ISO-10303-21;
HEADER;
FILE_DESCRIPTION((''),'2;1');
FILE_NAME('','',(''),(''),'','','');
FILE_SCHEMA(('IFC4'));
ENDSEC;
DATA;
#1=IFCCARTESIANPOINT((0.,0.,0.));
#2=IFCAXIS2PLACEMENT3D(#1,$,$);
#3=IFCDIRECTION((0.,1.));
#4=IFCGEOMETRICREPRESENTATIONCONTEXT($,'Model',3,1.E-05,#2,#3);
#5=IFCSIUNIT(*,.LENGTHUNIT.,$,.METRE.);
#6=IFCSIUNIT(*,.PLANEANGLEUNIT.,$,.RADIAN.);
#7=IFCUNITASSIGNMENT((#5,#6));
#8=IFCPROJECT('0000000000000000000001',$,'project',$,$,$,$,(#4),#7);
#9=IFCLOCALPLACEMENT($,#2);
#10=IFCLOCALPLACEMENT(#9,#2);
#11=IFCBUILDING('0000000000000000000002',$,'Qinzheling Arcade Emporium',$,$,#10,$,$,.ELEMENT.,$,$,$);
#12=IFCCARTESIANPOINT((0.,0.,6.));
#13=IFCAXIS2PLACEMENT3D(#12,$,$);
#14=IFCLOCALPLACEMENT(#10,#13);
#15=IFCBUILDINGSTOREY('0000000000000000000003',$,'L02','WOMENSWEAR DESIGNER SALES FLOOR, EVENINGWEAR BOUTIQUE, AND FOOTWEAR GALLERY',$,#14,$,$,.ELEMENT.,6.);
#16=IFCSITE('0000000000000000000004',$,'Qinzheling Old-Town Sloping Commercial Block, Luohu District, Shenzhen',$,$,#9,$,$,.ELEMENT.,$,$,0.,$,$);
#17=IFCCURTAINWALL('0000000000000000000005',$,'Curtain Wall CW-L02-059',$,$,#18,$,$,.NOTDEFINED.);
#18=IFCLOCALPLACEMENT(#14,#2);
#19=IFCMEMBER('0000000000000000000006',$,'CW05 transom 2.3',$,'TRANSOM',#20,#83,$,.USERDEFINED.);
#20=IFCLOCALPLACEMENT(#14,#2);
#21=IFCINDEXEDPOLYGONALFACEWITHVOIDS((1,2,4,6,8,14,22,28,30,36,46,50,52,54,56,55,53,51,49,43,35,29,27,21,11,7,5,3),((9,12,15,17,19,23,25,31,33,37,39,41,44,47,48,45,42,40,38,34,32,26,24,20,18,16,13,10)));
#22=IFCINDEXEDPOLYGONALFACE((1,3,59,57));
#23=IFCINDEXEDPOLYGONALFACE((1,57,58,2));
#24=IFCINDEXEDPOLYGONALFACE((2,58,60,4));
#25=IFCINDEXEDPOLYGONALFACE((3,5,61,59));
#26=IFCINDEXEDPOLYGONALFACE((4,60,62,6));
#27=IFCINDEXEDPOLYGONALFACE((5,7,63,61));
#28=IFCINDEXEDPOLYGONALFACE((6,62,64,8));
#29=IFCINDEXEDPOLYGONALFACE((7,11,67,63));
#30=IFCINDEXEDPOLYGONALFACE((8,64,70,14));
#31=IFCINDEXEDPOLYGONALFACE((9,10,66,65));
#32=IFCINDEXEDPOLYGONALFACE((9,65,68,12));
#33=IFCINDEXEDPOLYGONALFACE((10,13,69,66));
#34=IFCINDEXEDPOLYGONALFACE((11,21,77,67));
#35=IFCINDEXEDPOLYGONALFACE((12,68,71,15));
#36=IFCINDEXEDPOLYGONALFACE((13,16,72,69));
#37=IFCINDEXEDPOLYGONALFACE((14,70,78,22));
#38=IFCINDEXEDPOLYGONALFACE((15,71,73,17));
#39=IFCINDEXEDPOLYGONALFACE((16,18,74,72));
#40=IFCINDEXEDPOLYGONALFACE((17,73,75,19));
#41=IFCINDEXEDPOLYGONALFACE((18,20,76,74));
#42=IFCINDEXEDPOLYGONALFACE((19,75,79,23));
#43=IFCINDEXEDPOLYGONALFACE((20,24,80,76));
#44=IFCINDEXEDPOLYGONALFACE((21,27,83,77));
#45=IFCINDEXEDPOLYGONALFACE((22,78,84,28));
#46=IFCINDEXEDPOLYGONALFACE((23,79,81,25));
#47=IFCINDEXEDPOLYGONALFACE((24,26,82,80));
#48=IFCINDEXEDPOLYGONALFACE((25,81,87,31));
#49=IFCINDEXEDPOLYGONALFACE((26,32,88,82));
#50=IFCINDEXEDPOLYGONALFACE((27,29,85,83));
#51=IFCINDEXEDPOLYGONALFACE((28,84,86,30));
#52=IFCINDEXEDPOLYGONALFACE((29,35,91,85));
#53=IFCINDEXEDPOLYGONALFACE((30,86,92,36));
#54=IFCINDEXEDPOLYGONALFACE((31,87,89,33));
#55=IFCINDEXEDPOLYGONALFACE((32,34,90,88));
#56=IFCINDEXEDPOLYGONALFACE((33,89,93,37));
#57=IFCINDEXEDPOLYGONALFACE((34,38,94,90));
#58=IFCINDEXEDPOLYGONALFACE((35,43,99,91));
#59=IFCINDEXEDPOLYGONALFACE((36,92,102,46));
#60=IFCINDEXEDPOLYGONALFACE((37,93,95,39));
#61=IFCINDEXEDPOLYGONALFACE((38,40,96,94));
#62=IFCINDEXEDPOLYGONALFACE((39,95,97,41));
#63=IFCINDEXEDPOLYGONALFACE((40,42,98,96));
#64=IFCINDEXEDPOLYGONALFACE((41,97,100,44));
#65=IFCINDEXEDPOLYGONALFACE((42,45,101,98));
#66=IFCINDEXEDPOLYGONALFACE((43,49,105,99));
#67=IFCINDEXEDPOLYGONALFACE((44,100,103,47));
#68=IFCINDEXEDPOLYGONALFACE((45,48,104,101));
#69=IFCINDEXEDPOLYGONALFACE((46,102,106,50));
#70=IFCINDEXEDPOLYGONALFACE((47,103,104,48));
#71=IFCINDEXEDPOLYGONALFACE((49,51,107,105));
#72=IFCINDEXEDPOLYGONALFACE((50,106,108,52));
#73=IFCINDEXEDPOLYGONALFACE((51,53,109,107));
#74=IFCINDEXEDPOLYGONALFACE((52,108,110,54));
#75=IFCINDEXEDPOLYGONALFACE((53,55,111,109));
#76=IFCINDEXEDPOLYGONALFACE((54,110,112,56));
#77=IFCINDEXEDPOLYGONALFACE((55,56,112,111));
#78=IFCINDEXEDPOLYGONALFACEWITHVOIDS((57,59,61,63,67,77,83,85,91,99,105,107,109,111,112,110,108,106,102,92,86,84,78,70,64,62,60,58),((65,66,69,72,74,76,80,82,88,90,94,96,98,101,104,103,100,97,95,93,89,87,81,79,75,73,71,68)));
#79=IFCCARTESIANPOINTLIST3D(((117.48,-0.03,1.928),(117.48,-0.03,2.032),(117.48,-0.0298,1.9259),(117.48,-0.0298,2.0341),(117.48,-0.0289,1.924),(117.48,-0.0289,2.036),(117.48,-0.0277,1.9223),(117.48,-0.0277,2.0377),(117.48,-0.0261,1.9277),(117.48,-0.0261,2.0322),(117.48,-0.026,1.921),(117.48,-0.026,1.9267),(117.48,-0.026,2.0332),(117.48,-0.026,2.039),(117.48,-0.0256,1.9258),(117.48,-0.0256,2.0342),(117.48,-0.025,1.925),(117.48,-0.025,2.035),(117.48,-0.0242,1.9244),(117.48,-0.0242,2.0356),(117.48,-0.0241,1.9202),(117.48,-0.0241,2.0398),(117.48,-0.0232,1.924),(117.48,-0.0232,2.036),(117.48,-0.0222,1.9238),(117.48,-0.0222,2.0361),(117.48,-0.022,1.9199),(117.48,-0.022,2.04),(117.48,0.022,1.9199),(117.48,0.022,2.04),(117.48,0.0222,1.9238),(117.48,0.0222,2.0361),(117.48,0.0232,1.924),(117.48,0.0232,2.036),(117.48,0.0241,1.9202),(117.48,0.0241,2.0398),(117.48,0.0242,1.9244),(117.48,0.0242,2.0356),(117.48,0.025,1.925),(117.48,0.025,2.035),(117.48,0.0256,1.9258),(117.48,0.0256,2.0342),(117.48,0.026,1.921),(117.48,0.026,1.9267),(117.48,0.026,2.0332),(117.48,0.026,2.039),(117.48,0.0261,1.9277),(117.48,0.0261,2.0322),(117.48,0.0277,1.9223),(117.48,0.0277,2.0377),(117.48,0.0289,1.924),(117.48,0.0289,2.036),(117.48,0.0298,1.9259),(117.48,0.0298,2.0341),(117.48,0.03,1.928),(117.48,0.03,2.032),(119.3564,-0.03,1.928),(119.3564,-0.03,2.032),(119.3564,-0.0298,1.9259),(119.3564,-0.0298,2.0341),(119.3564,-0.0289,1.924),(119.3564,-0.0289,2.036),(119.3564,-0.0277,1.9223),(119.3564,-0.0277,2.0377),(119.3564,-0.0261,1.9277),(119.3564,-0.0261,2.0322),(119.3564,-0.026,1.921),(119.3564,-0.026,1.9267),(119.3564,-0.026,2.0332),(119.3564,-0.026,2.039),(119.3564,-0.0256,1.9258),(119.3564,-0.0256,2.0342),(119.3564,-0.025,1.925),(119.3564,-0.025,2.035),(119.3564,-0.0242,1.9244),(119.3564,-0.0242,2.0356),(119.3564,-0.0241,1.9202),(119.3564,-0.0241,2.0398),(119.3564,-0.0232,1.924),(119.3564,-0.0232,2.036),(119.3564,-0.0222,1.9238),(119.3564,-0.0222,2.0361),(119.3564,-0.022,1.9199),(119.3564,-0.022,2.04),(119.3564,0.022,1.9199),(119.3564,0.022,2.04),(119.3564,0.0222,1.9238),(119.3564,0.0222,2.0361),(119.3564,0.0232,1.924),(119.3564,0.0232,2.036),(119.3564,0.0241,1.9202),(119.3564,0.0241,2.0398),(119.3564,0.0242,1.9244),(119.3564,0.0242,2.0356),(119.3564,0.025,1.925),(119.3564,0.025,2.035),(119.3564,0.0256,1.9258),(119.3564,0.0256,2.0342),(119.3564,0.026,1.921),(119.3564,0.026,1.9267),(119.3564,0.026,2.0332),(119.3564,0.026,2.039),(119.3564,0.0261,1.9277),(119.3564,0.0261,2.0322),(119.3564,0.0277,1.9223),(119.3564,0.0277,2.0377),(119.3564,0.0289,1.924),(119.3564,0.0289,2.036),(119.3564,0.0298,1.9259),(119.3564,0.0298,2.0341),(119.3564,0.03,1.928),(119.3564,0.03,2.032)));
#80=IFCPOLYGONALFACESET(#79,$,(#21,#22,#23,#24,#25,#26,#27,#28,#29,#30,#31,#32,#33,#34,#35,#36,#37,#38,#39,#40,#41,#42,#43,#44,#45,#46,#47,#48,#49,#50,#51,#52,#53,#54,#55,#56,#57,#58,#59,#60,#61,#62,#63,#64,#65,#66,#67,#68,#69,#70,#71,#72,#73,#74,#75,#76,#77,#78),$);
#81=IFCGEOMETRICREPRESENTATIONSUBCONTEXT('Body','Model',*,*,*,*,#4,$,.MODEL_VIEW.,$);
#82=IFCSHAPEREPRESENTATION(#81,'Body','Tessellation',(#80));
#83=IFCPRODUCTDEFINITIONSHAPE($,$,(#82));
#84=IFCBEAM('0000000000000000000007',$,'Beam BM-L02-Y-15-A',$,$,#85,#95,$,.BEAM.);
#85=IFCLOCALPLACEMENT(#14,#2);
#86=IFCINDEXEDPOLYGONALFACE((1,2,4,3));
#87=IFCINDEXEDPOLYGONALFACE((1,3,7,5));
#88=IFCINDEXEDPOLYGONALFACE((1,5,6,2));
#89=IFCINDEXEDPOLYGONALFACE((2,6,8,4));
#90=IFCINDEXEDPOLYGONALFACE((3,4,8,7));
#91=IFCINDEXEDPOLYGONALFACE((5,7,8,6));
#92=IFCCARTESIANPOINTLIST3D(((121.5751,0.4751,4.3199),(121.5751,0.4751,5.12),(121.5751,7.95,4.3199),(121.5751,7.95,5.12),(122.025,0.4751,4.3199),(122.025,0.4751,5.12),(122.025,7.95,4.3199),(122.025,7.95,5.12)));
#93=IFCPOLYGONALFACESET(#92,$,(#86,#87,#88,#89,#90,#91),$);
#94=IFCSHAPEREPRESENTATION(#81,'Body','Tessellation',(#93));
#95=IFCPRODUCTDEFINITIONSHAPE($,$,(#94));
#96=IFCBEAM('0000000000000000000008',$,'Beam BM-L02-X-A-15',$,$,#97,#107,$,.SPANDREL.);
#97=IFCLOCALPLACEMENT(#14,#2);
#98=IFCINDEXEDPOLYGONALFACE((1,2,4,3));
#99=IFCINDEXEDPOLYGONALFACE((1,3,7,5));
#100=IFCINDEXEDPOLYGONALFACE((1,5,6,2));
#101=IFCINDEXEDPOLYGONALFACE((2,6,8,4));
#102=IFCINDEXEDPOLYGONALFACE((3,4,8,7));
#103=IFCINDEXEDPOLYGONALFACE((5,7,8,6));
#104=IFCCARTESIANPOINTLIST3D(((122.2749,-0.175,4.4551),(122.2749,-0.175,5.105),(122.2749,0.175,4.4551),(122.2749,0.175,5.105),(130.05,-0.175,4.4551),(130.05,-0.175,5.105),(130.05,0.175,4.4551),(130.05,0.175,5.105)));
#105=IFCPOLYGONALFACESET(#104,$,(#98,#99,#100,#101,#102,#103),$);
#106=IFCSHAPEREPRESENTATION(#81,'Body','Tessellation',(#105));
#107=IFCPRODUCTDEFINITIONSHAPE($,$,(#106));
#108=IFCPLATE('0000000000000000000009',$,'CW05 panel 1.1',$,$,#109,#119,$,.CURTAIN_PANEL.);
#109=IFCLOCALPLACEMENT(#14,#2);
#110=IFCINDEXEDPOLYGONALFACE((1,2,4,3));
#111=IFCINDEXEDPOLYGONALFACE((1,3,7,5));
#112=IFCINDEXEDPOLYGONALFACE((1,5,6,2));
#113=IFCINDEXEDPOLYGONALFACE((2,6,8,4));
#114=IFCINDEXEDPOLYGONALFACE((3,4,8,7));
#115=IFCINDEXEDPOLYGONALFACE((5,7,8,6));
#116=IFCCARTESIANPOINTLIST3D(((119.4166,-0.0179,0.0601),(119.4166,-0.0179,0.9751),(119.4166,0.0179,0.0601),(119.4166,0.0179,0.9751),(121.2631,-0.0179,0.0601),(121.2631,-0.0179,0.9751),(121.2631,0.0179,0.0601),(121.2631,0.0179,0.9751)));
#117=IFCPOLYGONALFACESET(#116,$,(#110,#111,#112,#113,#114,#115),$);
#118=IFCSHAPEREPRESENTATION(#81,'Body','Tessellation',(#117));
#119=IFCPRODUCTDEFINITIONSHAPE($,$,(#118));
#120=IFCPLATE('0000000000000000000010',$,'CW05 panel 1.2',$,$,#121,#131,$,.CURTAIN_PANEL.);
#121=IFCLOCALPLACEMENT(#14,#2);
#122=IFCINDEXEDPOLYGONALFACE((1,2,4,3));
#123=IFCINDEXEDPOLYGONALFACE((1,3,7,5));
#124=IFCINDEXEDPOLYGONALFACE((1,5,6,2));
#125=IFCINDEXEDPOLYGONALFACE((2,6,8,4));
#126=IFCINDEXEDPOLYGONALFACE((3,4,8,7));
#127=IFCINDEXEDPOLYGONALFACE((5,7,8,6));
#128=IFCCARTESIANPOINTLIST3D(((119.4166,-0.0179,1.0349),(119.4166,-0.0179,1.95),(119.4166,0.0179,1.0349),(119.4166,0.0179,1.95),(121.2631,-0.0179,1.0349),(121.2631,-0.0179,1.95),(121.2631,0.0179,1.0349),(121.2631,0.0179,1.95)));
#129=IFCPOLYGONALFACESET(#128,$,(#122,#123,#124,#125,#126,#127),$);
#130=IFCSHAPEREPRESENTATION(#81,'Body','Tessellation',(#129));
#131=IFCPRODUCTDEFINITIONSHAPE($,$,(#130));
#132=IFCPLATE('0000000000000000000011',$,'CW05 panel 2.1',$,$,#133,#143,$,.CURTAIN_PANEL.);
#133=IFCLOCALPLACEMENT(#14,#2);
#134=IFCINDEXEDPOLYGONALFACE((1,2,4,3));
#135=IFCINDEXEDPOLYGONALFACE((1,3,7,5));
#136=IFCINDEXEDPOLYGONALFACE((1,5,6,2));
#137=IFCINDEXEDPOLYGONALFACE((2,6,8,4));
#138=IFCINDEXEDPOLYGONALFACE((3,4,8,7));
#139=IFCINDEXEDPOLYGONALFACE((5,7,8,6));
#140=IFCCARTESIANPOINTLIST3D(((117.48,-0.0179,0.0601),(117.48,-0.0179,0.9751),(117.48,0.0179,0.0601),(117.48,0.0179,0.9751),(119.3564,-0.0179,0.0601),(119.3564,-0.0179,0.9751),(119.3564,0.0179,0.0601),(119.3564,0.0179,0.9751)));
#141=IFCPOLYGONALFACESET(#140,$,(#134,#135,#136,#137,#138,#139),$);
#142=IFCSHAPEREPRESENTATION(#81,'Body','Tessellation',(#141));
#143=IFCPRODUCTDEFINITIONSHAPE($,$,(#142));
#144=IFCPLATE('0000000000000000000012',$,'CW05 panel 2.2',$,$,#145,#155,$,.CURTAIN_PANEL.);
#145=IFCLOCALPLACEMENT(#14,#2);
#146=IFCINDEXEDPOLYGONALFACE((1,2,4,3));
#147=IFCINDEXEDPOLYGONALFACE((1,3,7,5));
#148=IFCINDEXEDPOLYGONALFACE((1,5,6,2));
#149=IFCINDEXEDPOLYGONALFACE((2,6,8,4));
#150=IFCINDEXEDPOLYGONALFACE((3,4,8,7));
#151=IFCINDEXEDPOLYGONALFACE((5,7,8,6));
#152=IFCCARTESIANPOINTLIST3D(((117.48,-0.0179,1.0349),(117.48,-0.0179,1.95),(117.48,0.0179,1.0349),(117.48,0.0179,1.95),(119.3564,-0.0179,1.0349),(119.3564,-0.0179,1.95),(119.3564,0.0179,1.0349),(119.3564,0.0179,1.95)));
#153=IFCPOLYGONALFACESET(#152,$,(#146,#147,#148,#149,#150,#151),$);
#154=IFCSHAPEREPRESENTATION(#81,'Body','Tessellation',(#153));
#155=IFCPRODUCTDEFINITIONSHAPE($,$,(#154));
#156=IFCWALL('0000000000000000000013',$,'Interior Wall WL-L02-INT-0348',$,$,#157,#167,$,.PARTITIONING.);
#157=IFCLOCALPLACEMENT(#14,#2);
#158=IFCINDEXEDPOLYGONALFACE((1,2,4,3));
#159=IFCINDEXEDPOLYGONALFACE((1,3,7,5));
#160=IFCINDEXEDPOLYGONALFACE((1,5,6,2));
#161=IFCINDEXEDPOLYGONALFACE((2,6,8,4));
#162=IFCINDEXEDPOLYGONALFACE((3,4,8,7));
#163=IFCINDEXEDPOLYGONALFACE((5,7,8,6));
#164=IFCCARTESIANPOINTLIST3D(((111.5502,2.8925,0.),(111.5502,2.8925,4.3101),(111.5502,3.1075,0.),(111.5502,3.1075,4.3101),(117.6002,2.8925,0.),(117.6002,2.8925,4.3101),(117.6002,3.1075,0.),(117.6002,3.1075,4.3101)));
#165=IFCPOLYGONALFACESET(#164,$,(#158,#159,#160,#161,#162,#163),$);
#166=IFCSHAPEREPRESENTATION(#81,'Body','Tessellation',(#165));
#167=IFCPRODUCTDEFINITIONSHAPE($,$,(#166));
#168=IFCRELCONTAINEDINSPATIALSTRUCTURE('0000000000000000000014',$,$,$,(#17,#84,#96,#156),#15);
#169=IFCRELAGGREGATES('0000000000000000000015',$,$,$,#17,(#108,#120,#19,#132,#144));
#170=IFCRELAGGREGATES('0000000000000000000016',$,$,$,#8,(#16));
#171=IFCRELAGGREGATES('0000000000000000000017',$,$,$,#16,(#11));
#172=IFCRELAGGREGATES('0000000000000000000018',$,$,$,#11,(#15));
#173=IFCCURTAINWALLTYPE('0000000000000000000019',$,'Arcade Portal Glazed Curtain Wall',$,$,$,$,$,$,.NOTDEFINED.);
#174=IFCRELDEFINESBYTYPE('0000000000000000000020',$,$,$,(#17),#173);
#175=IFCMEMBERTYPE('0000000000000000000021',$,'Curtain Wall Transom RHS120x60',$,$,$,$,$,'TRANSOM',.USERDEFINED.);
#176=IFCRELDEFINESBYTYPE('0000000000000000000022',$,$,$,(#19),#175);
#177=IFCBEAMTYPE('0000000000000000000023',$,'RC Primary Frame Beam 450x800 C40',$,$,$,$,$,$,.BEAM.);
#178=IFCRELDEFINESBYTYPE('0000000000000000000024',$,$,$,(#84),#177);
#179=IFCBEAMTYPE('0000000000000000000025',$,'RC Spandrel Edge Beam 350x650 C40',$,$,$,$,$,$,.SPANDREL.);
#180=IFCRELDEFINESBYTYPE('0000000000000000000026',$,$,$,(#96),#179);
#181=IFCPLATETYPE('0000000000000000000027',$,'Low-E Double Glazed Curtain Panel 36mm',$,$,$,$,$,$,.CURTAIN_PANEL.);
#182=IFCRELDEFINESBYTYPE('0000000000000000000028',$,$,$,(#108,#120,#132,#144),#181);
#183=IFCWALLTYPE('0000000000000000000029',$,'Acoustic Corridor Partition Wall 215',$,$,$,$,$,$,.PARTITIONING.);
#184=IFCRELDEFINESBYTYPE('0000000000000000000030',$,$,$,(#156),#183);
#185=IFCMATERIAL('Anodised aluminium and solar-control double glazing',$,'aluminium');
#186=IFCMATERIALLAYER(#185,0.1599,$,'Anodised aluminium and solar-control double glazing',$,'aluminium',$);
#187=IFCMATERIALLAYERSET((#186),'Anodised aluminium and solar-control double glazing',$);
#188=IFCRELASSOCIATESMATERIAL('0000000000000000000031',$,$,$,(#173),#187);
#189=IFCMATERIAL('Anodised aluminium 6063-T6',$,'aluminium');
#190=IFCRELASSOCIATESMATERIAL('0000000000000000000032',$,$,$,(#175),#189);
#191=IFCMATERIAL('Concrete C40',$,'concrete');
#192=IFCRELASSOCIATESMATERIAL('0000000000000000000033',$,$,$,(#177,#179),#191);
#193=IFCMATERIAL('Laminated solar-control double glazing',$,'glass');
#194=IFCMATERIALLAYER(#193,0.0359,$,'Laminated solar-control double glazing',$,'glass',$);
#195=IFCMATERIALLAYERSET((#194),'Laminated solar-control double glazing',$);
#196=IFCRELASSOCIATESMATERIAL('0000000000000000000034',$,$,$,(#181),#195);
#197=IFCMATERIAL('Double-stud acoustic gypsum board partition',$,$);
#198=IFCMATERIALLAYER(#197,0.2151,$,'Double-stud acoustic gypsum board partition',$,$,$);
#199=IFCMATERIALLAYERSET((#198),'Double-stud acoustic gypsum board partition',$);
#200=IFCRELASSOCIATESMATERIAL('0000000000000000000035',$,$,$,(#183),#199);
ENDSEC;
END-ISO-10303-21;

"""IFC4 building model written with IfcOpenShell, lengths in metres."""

from ifc_helpers import new_model, si_unit, direction, frame, frame_2d, origin, origin_2d, place, context, subcontext, project, spatial, rectangle, hollow_rectangle, extrude, material, layer, layer_set, material_profile, profile_set, type_object, element, aggregate, save


model = new_model("IFC4")

# Units and contexts
model_context = context("Model", 3, precision=1e-05, world=origin(), true_north=direction((0.0, 1.0)))
body_context = subcontext(model_context, "Body", "Model", "MODEL_VIEW")
ifc_project = project(units=[si_unit("LENGTHUNIT", "METRE"), si_unit("PLANEANGLEUNIT", "RADIAN")], contexts=[model_context])

# Site, building, storey
site_placement = place(None, origin())
site = spatial("IfcSite", under=ifc_project, at=site_placement, Name="Qinzheling Old-Town Sloping Commercial Block, Luohu District, Shenzhen", CompositionType="ELEMENT", RefElevation=0.0)
building_placement = place(site_placement, origin())
building = spatial("IfcBuilding", under=site, at=building_placement, Name="Qinzheling Arcade Emporium", CompositionType="ELEMENT")
storey_placement = place(building_placement, frame((0.0, 0.0, 6.0)))
storey = spatial("IfcBuildingStorey", under=building, at=storey_placement, Name="L02", Description="WOMENSWEAR DESIGNER SALES FLOOR, EVENINGWEAR BOUTIQUE, AND FOOTWEAR GALLERY", CompositionType="ELEMENT", Elevation=6.0)

# Curtain wall, member
ifc_material_1 = material(Name="Anodised aluminium and solar-control double glazing", Category="aluminium")
ifc_layer_1 = layer(ifc_material_1, 0.1599, Name="Anodised aluminium and solar-control double glazing", Category="aluminium")
ifc_layer_set_1 = layer_set([ifc_layer_1], Name="Anodised aluminium and solar-control double glazing")
curtain_wall_type = type_object("IfcCurtainWallType", Name="Arcade Portal Glazed Curtain Wall", PredefinedType="NOTDEFINED", material=ifc_layer_set_1)
curtain_wall_placement = place(storey_placement, origin())
curtain_wall = element("IfcCurtainWall", 1, at=curtain_wall_placement, inside=storey, type_object=curtain_wall_type, Name="Curtain Wall CW-L02-059", PredefinedType="NOTDEFINED")
ifc_material_2 = material(Name="Anodised aluminium 6063-T6", Category="aluminium")
ifc_material_profile_1 = material_profile(ifc_material_2, hollow_rectangle(XDim=0.0601, YDim=0.1201, WallThickness=0.0039, InnerFilletRadius=0.0039, OuterFilletRadius=0.0081, at=origin_2d()), Name="RHS 120x60x4", Category="aluminium")
ifc_profile_set_1 = profile_set([ifc_material_profile_1], Name="Anodised aluminium 6063-T6")
member_type_1 = type_object("IfcMemberType", Name="Curtain Wall Transom RHS120x60", ElementType="TRANSOM", PredefinedType="USERDEFINED", material=ifc_profile_set_1)
member_1_placement = place(storey_placement, frame((119.3564, 0.0, 1.98), z_axis=(-1.0, 0.0, 0.0), x_axis=(0.0, -1.0, 0.0)))
member_1 = element("IfcMember", 2, at=member_1_placement, type_object=member_type_1, Name="CW05 transom 2.3", ObjectType="TRANSOM", PredefinedType="USERDEFINED", context=body_context, shape_type="SweptSolid", body=[
    extrude(hollow_rectangle(XDim=0.0601, YDim=0.1201, WallThickness=0.0039, InnerFilletRadius=0.0039, OuterFilletRadius=0.0081, at=origin_2d()), origin(), (0.0, 0.0, 1.0), 1.8765),
])

# Beams
ifc_material_3 = material(Name="Concrete C40", Category="concrete")
ifc_material_profile_2 = material_profile(ifc_material_3, rectangle(XDim=0.45, YDim=0.8, at=origin_2d()), Name="RC 450x800", Category="concrete")
ifc_profile_set_2 = profile_set([ifc_material_profile_2], Name="Concrete C40")
beam_type_1 = type_object("IfcBeamType", Name="RC Primary Frame Beam 450x800 C40", PredefinedType="BEAM", material=ifc_profile_set_2)
beam_1_placement = place(storey_placement, frame((121.8, 0.4751, 4.72), z_axis=(0.0, 1.0, 0.0), x_axis=(-1.0, 0.0, 0.0)))
element("IfcBeam", 3, at=beam_1_placement, inside=storey, type_object=beam_type_1, Name="Beam BM-L02-Y-15-A", PredefinedType="BEAM", context=body_context, shape_type="SweptSolid", body=[
    extrude(rectangle(XDim=0.45, YDim=0.8, at=origin_2d()), origin(), (0.0, 0.0, 1.0), 7.4749),
])
ifc_material_profile_3 = material_profile(ifc_material_3, rectangle(XDim=0.3501, YDim=0.6499, at=origin_2d()), Name="RC 350x650", Category="concrete")
ifc_profile_set_3 = profile_set([ifc_material_profile_3], Name="Concrete C40")
beam_type_2 = type_object("IfcBeamType", Name="RC Spandrel Edge Beam 350x650 C40", PredefinedType="SPANDREL", material=ifc_profile_set_3)
beam_2_placement = place(storey_placement, frame((122.2749, 0.0, 4.78), z_axis=(1.0, 0.0, 0.0), x_axis=(0.0, 1.0, 0.0)))
element("IfcBeam", 4, at=beam_2_placement, inside=storey, type_object=beam_type_2, Name="Beam BM-L02-X-A-15", PredefinedType="SPANDREL", context=body_context, shape_type="SweptSolid", body=[
    extrude(rectangle(XDim=0.3501, YDim=0.6499, at=origin_2d()), origin(), (0.0, 0.0, 1.0), 7.7751),
])

# Plates
ifc_material_4 = material(Name="Laminated solar-control double glazing", Category="glass")
ifc_layer_2 = layer(ifc_material_4, 0.0359, Name="Laminated solar-control double glazing", Category="glass")
ifc_layer_set_2 = layer_set([ifc_layer_2], Name="Laminated solar-control double glazing")
plate_type = type_object("IfcPlateType", Name="Low-E Double Glazed Curtain Panel 36mm", PredefinedType="CURTAIN_PANEL", material=ifc_layer_set_2)
plate_1_placement = place(storey_placement, frame((120.3398, 0.0, 0.0601), z_axis=(0.0, 0.0, 1.0), x_axis=(-1.0, 0.0, 0.0)))
plate_1 = element("IfcPlate", 5, at=plate_1_placement, type_object=plate_type, Name="CW05 panel 1.1", PredefinedType="CURTAIN_PANEL", context=body_context, shape_type="SweptSolid", body=[
    extrude(rectangle(XDim=1.8464, YDim=0.0359, at=origin_2d()), origin(), (0.0, 0.0, 1.0), 0.915),
])
plate_2_placement = place(storey_placement, frame((120.3398, 0.0, 1.0349), z_axis=(0.0, 0.0, 1.0), x_axis=(-1.0, 0.0, 0.0)))
plate_2 = element("IfcPlate", 6, at=plate_2_placement, type_object=plate_type, Name="CW05 panel 1.2", PredefinedType="CURTAIN_PANEL", context=body_context, shape_type="SweptSolid", body=[
    extrude(rectangle(XDim=1.8464, YDim=0.0359, at=origin_2d()), origin(), (0.0, 0.0, 1.0), 0.915),
])
plate_3_placement = place(storey_placement, frame((118.4182, 0.0, 0.0601), z_axis=(0.0, 0.0, 1.0), x_axis=(-1.0, 0.0, 0.0)))
plate_3 = element("IfcPlate", 7, at=plate_3_placement, type_object=plate_type, Name="CW05 panel 2.1", PredefinedType="CURTAIN_PANEL", context=body_context, shape_type="SweptSolid", body=[
    extrude(rectangle(XDim=1.8765, YDim=0.0359, at=origin_2d()), origin(), (0.0, 0.0, 1.0), 0.915),
])
plate_4_placement = place(storey_placement, frame((118.4182, 0.0, 1.0349), z_axis=(0.0, 0.0, 1.0), x_axis=(-1.0, 0.0, 0.0)))
plate_4 = element("IfcPlate", 8, at=plate_4_placement, type_object=plate_type, Name="CW05 panel 2.2", PredefinedType="CURTAIN_PANEL", context=body_context, shape_type="SweptSolid", body=[
    extrude(rectangle(XDim=1.8765, YDim=0.0359, at=origin_2d()), origin(), (0.0, 0.0, 1.0), 0.915),
])
aggregate(curtain_wall, [plate_1, plate_2, member_1, plate_3, plate_4])

# Wall
ifc_material_5 = material(Name="Double-stud acoustic gypsum board partition")
ifc_layer_3 = layer(ifc_material_5, 0.2151, Name="Double-stud acoustic gypsum board partition")
ifc_layer_set_3 = layer_set([ifc_layer_3], Name="Double-stud acoustic gypsum board partition")
wall_type = type_object("IfcWallType", Name="Acoustic Corridor Partition Wall 215", PredefinedType="PARTITIONING", material=ifc_layer_set_3)
wall_placement = place(storey_placement, frame((117.6001, 3.0, 0.0), z_axis=(0.0, 0.0, 1.0), x_axis=(-1.0, 0.0, 0.0)))
element("IfcWall", 9, at=wall_placement, inside=storey, type_object=wall_type, Name="Interior Wall WL-L02-INT-0348", PredefinedType="PARTITIONING", context=body_context, shape_type="SweptSolid", body=[
    extrude(rectangle(XDim=6.05, YDim=0.2151, at=frame_2d((3.0249, 0.0))), origin(), (0.0, 0.0, 1.0), 4.3101),
])

save(model, "model.ifc")
